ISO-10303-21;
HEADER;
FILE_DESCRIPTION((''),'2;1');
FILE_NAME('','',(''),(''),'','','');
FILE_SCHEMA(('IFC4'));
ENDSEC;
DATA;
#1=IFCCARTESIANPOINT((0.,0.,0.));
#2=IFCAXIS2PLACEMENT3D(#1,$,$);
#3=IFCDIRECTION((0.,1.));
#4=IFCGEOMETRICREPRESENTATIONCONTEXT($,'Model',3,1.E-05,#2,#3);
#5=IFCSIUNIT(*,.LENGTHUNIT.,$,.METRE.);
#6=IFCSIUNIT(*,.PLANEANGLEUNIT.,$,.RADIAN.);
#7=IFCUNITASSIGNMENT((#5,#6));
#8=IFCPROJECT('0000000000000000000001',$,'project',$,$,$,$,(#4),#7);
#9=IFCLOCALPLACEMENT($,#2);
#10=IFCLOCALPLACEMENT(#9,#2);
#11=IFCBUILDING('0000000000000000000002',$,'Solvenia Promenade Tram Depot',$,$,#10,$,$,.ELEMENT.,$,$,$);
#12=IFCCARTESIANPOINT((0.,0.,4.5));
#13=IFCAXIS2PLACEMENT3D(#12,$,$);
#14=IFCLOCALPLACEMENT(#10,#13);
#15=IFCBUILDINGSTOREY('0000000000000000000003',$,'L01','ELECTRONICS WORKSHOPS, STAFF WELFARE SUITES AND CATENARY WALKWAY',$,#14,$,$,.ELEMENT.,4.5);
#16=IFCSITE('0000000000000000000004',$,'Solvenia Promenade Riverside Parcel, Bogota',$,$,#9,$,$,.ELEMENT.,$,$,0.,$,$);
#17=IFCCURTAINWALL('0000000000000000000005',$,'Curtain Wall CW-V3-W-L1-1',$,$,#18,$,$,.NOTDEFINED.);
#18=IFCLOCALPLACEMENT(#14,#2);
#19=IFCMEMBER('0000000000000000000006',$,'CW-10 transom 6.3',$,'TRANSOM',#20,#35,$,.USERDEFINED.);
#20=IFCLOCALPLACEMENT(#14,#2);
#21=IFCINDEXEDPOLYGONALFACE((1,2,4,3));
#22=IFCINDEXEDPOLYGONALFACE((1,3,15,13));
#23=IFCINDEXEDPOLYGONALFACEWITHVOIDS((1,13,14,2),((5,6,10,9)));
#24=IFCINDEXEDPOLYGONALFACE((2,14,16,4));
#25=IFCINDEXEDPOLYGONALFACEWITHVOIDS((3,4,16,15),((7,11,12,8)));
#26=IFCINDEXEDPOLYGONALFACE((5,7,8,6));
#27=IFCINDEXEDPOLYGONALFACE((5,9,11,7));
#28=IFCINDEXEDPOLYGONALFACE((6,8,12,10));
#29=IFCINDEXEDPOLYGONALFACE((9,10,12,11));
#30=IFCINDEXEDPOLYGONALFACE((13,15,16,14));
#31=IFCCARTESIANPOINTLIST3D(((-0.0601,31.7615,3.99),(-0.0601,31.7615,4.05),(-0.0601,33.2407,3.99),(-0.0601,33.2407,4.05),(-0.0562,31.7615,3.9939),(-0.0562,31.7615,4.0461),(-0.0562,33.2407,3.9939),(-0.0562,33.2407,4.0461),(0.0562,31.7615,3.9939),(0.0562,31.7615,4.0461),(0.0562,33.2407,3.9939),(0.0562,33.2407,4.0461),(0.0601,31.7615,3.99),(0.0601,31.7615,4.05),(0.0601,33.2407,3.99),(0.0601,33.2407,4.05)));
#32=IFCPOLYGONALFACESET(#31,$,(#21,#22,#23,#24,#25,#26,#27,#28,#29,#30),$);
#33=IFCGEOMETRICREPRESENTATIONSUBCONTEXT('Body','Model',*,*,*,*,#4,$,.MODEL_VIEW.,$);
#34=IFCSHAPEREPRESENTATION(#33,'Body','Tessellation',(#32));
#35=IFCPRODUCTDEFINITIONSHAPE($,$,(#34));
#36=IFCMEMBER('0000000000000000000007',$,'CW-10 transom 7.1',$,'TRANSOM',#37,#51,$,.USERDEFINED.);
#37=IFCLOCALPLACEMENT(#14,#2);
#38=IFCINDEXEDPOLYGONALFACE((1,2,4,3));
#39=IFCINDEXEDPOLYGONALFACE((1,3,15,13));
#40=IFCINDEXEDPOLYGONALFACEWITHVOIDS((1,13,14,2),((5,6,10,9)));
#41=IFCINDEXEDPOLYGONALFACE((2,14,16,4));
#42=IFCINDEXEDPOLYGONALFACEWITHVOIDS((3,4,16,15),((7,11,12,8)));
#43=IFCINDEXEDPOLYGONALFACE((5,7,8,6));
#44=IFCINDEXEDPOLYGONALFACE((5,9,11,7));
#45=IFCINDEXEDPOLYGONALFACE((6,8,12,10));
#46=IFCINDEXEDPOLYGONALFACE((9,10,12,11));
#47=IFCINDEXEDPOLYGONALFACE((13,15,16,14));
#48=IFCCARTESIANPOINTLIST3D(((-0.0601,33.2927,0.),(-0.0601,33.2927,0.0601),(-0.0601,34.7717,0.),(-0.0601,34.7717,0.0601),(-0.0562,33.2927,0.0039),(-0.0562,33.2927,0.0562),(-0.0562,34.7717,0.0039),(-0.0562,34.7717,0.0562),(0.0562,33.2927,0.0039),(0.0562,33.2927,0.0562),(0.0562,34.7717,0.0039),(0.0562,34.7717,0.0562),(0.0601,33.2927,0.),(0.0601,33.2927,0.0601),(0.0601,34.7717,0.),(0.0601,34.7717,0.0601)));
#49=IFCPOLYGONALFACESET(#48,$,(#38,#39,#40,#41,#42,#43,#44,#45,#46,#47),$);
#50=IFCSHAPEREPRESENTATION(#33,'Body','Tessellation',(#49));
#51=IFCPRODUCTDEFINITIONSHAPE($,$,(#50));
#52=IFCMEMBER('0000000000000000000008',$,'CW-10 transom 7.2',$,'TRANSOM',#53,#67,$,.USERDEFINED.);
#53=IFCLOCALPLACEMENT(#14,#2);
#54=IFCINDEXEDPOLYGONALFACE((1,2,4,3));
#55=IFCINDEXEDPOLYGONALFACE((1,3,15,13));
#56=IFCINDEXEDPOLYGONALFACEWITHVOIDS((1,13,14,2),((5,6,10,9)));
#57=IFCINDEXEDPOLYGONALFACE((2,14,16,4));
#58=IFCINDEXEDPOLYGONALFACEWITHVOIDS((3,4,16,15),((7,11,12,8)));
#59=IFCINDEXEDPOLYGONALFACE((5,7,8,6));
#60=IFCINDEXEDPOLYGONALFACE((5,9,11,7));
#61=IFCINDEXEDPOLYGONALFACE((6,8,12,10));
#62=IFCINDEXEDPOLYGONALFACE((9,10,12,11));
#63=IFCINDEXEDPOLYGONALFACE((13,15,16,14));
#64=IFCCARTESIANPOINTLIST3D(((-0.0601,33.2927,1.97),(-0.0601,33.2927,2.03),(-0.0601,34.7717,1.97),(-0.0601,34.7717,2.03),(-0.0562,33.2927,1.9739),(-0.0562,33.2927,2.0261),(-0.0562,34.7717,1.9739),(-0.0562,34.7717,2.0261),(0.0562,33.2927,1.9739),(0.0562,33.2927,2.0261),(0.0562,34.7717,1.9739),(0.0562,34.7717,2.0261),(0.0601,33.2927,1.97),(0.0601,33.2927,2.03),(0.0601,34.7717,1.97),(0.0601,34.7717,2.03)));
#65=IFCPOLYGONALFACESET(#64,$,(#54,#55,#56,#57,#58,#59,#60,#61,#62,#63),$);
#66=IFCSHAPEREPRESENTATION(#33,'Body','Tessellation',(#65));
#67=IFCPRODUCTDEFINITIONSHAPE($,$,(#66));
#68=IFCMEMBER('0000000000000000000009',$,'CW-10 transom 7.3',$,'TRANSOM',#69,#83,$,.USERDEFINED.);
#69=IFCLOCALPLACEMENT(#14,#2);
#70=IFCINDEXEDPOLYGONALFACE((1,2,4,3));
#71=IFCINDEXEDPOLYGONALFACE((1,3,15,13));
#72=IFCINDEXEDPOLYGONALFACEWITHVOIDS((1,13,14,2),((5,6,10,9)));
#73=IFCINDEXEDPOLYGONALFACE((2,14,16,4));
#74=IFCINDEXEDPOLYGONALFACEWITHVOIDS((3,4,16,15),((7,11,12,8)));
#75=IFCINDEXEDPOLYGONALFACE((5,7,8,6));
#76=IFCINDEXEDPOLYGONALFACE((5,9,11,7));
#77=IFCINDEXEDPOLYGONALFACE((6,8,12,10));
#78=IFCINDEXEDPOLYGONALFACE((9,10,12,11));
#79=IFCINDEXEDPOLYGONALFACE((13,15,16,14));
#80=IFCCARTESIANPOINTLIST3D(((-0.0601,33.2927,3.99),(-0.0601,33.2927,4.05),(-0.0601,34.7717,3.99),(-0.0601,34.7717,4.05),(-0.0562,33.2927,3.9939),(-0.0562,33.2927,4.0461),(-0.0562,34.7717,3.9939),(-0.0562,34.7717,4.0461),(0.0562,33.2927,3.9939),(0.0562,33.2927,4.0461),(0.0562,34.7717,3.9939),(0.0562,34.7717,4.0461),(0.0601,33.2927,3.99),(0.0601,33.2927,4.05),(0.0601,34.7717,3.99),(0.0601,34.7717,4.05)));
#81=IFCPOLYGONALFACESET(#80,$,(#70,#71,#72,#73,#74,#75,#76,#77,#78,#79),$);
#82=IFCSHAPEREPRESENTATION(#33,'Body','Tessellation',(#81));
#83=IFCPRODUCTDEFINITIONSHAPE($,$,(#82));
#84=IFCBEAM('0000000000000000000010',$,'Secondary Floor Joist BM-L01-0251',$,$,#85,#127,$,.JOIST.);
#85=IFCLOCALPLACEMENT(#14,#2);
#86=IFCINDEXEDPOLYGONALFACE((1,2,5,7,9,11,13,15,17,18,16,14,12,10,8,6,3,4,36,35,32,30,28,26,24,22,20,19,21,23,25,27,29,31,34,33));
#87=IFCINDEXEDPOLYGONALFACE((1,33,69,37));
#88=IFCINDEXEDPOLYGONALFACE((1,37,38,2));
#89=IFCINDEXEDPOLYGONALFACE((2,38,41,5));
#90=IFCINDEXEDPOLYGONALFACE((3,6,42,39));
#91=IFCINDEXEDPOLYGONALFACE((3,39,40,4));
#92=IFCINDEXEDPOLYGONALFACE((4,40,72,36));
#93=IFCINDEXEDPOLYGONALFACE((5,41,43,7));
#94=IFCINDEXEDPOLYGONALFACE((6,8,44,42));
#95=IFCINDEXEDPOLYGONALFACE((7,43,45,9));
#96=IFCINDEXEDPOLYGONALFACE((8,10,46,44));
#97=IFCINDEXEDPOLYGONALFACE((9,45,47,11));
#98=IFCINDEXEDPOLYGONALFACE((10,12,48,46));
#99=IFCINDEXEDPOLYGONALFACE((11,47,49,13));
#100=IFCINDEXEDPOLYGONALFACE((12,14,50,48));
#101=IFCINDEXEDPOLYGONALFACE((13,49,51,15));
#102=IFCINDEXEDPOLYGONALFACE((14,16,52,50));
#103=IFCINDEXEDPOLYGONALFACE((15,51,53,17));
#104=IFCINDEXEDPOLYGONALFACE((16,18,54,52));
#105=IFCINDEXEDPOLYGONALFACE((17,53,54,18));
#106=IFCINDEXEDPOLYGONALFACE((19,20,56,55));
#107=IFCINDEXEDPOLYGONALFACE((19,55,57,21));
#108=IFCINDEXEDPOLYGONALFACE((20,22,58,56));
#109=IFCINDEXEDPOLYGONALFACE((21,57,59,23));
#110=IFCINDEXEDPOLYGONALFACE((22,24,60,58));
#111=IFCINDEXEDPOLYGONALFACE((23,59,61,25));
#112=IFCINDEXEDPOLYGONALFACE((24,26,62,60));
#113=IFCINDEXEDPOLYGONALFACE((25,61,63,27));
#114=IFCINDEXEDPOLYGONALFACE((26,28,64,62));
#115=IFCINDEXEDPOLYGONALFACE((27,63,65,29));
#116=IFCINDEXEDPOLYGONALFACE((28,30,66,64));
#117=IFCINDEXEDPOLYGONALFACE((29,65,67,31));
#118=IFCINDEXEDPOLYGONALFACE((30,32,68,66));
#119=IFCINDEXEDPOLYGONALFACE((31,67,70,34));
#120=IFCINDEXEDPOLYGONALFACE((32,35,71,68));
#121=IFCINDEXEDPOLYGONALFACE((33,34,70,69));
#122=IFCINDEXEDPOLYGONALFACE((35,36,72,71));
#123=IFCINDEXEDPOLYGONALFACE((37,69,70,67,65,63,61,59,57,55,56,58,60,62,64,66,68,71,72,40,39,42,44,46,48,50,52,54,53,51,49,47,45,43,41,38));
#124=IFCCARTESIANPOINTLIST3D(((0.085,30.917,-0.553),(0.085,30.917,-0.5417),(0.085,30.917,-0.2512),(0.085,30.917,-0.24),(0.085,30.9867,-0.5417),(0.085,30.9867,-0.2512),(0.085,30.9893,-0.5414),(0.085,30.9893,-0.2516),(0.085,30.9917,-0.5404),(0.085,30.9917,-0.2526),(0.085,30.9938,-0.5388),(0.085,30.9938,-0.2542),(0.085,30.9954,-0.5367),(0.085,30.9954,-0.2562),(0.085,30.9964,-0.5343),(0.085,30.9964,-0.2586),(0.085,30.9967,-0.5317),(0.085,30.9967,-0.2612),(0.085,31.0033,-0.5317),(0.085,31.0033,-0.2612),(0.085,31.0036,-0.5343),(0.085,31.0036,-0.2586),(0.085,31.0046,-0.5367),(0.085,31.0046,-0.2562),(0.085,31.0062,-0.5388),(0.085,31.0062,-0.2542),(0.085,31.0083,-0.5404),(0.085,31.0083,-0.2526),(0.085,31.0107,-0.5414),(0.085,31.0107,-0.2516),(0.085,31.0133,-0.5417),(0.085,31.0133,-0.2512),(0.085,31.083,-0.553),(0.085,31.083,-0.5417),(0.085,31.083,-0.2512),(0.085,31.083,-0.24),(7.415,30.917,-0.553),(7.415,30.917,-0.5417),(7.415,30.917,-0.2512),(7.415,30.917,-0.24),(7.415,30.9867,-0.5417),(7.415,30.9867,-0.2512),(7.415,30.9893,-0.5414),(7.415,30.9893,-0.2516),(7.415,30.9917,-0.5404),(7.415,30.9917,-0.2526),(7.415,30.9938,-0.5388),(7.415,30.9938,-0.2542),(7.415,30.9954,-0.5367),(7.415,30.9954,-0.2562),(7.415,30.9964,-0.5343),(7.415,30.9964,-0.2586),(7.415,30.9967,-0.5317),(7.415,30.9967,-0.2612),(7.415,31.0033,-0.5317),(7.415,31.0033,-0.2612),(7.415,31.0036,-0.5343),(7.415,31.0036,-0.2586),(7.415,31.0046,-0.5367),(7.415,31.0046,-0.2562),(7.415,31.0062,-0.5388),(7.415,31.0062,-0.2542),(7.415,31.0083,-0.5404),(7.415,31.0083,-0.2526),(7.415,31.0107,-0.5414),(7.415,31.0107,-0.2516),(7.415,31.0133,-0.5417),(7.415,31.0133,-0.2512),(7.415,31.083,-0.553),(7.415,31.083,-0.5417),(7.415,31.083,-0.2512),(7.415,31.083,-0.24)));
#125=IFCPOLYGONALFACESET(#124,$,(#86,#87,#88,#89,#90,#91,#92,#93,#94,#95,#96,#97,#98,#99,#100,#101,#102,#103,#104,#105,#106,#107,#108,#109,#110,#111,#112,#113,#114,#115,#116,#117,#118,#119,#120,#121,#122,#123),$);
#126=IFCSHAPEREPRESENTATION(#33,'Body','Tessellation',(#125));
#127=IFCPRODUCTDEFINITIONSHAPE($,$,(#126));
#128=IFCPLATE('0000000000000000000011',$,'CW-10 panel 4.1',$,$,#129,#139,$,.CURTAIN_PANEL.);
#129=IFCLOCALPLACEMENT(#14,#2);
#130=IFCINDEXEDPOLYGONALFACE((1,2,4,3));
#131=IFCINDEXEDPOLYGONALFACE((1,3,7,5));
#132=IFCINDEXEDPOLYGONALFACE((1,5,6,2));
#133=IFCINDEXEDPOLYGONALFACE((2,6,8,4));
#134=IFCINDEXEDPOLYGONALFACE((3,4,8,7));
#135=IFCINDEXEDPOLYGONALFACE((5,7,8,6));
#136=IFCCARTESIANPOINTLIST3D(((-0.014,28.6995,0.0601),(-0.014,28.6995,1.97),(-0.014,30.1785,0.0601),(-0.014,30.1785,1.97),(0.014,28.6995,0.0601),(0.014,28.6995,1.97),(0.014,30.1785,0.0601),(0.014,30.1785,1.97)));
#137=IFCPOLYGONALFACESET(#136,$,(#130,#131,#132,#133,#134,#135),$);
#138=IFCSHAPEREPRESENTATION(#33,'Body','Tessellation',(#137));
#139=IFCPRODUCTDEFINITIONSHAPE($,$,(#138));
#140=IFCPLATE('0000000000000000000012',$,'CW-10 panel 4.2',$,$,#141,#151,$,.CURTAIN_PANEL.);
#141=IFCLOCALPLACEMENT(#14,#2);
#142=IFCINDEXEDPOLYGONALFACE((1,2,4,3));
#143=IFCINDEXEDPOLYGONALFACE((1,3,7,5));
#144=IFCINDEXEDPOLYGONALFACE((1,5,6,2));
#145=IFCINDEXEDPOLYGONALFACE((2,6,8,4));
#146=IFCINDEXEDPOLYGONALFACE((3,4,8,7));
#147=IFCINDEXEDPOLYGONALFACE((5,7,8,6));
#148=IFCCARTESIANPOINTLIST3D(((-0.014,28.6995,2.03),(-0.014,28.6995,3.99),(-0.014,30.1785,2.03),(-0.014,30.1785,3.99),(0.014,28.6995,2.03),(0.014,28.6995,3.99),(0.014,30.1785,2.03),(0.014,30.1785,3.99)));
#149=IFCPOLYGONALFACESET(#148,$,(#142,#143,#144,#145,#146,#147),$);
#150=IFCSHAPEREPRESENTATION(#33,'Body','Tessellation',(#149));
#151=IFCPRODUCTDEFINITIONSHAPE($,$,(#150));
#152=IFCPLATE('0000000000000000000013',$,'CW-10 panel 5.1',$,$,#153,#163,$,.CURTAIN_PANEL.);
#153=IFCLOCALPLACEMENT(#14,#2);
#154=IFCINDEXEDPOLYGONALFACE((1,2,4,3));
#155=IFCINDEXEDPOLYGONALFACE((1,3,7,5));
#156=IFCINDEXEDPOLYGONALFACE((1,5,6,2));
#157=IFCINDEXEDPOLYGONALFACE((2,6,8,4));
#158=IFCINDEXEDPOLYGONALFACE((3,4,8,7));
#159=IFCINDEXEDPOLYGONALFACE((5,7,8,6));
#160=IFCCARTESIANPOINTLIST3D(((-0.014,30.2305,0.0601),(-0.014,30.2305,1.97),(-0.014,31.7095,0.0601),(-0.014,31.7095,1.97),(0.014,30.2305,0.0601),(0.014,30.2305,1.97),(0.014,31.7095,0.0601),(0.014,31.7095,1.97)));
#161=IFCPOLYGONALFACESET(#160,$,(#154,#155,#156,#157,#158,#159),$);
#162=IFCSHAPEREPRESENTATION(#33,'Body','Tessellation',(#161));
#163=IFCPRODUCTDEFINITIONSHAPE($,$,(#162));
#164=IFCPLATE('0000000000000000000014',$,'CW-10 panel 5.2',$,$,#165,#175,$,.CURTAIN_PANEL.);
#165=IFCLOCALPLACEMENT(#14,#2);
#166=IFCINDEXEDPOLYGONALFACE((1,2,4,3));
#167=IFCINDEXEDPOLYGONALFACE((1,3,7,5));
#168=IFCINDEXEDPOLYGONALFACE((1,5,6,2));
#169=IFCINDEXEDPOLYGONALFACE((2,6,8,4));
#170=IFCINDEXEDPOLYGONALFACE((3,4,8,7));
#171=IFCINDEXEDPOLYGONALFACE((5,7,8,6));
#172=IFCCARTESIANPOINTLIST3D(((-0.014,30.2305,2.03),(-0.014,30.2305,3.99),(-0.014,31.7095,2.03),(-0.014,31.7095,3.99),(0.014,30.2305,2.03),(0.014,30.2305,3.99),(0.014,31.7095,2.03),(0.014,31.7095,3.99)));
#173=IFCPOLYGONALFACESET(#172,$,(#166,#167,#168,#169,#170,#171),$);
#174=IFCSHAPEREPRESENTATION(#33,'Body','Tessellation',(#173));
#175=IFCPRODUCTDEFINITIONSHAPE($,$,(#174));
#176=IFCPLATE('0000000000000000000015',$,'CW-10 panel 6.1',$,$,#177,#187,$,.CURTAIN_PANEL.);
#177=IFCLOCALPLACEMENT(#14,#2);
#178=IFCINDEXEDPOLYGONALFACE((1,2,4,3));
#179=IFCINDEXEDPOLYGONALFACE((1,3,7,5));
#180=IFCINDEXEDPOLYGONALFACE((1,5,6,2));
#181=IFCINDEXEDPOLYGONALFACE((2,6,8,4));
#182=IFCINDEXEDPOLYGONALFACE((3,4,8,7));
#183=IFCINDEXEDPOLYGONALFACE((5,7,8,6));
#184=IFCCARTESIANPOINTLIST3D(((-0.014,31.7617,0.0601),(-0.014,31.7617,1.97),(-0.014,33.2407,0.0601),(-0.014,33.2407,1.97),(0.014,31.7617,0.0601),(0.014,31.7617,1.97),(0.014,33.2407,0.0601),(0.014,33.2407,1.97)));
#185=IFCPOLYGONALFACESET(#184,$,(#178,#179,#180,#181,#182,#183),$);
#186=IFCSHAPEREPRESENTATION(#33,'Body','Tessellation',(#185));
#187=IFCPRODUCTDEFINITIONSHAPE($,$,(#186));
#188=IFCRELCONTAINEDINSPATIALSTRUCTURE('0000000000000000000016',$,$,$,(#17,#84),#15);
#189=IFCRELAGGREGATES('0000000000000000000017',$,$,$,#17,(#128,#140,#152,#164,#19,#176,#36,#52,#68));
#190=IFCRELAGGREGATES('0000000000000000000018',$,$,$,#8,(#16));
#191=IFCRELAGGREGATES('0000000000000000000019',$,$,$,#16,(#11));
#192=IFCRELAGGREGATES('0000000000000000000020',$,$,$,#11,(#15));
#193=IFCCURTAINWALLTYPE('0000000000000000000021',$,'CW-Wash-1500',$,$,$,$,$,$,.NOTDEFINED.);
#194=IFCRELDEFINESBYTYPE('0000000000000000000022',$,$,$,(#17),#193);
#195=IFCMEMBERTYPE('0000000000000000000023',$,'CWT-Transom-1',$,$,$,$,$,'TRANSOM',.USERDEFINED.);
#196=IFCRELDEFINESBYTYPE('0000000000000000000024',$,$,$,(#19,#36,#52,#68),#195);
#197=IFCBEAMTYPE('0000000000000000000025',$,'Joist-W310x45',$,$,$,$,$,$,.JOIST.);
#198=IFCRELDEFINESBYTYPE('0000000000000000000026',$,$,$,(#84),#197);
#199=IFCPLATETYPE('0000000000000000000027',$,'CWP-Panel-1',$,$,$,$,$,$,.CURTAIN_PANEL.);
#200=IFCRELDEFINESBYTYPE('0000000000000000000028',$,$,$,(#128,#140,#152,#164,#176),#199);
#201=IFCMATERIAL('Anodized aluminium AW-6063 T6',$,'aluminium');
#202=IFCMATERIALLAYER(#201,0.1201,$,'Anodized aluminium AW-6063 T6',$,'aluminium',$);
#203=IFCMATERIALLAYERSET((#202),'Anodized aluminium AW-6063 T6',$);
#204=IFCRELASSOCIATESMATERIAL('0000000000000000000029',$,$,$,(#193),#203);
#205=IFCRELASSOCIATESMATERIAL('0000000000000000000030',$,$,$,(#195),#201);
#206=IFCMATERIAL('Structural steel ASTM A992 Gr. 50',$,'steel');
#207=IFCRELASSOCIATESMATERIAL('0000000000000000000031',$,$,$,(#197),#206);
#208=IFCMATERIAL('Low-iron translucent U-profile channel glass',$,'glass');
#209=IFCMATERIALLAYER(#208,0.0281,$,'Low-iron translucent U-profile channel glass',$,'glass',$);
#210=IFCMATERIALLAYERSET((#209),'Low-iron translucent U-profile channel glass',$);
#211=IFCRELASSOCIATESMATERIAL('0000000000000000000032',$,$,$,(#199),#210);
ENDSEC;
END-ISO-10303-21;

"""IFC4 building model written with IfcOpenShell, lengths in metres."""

from ifc_helpers import new_model, si_unit, direction, frame, origin, origin_2d, place, context, subcontext, project, spatial, rectangle, hollow_rectangle, i_section, extrude, material, layer, layer_set, material_profile, profile_set, type_object, element, aggregate, save


model = new_model("IFC4")

# Units and contexts
model_context = context("Model", 3, precision=1e-05, world=origin(), true_north=direction((0.0, 1.0)))
body_context = subcontext(model_context, "Body", "Model", "MODEL_VIEW")
ifc_project = project(units=[si_unit("LENGTHUNIT", "METRE"), si_unit("PLANEANGLEUNIT", "RADIAN")], contexts=[model_context])

# Site, building, storey
site_placement = place(None, origin())
site = spatial("IfcSite", under=ifc_project, at=site_placement, Name="Solvenia Promenade Riverside Parcel, Bogota", CompositionType="ELEMENT", RefElevation=0.0)
building_placement = place(site_placement, origin())
building = spatial("IfcBuilding", under=site, at=building_placement, Name="Solvenia Promenade Tram Depot", CompositionType="ELEMENT")
storey_placement = place(building_placement, frame((0.0, 0.0, 4.5)))
storey = spatial("IfcBuildingStorey", under=building, at=storey_placement, Name="L01", Description="ELECTRONICS WORKSHOPS, STAFF WELFARE SUITES AND CATENARY WALKWAY", CompositionType="ELEMENT", Elevation=4.5)

# Curtain wall, members
ifc_material_1 = material(Name="Anodized aluminium AW-6063 T6", Category="aluminium")
ifc_layer_1 = layer(ifc_material_1, 0.1201, Name="Anodized aluminium AW-6063 T6", Category="aluminium")
ifc_layer_set_1 = layer_set([ifc_layer_1], Name="Anodized aluminium AW-6063 T6")
curtain_wall_type = type_object("IfcCurtainWallType", Name="CW-Wash-1500", PredefinedType="NOTDEFINED", material=ifc_layer_set_1)
curtain_wall_placement = place(storey_placement, origin())
curtain_wall = element("IfcCurtainWall", 1, at=curtain_wall_placement, inside=storey, type_object=curtain_wall_type, Name="Curtain Wall CW-V3-W-L1-1", PredefinedType="NOTDEFINED")
ifc_material_profile_1 = material_profile(ifc_material_1, hollow_rectangle(XDim=0.1201, YDim=0.0601, WallThickness=0.0039, at=origin_2d()), Name="ALU-T1", Category="aluminium")
ifc_profile_set_1 = profile_set([ifc_material_profile_1], Name="Anodized aluminium AW-6063 T6")
member_type_1 = type_object("IfcMemberType", Name="CWT-Transom-1", ElementType="TRANSOM", PredefinedType="USERDEFINED", material=ifc_profile_set_1)
member_1_placement = place(storey_placement, frame((0.0, 31.7615, 4.02), z_axis=(0.0, 1.0, 0.0), x_axis=(-1.0, 0.0, 0.0)))
member_1 = element("IfcMember", 2, at=member_1_placement, type_object=member_type_1, Name="CW-10 transom 6.3", ObjectType="TRANSOM", PredefinedType="USERDEFINED", context=body_context, shape_type="SweptSolid", body=[
    extrude(hollow_rectangle(XDim=0.1201, YDim=0.0601, WallThickness=0.0039, at=origin_2d()), origin(), (0.0, 0.0, 1.0), 1.4792),
])
member_2_placement = place(storey_placement, frame((0.0, 33.2927, 0.03), z_axis=(0.0, 1.0, 0.0), x_axis=(-1.0, 0.0, 0.0)))
member_2 = element("IfcMember", 3, at=member_2_placement, type_object=member_type_1, Name="CW-10 transom 7.1", ObjectType="TRANSOM", PredefinedType="USERDEFINED", context=body_context, shape_type="SweptSolid", body=[
    extrude(hollow_rectangle(XDim=0.1201, YDim=0.0601, WallThickness=0.0039, at=origin_2d()), origin(), (0.0, 0.0, 1.0), 1.479),
])
member_3_placement = place(storey_placement, frame((0.0, 33.2927, 2.0), z_axis=(0.0, 1.0, 0.0), x_axis=(-1.0, 0.0, 0.0)))
member_3 = element("IfcMember", 4, at=member_3_placement, type_object=member_type_1, Name="CW-10 transom 7.2", ObjectType="TRANSOM", PredefinedType="USERDEFINED", context=body_context, shape_type="SweptSolid", body=[
    extrude(hollow_rectangle(XDim=0.1201, YDim=0.0601, WallThickness=0.0039, at=origin_2d()), origin(), (0.0, 0.0, 1.0), 1.479),
])
member_4_placement = place(storey_placement, frame((0.0, 33.2927, 4.02), z_axis=(0.0, 1.0, 0.0), x_axis=(-1.0, 0.0, 0.0)))
member_4 = element("IfcMember", 5, at=member_4_placement, type_object=member_type_1, Name="CW-10 transom 7.3", ObjectType="TRANSOM", PredefinedType="USERDEFINED", context=body_context, shape_type="SweptSolid", body=[
    extrude(hollow_rectangle(XDim=0.1201, YDim=0.0601, WallThickness=0.0039, at=origin_2d()), origin(), (0.0, 0.0, 1.0), 1.479),
])

# Beam
ifc_material_2 = material(Name="Structural steel ASTM A992 Gr. 50", Category="steel")
ifc_material_profile_2 = material_profile(ifc_material_2, i_section(OverallWidth=0.166, OverallDepth=0.313, WebThickness=0.0066, FlangeThickness=0.0112, FilletRadius=0.01, at=origin_2d()), Name="W310x45", Category="steel")
ifc_profile_set_2 = profile_set([ifc_material_profile_2], Name="Structural steel ASTM A992 Gr. 50")
beam_type = type_object("IfcBeamType", Name="Joist-W310x45", PredefinedType="JOIST", material=ifc_profile_set_2)
beam_placement = place(storey_placement, frame((0.085, 31.0, -0.3965), z_axis=(1.0, 0.0, 0.0), x_axis=(0.0, 1.0, 0.0)))
element("IfcBeam", 6, at=beam_placement, inside=storey, type_object=beam_type, Name="Secondary Floor Joist BM-L01-0251", PredefinedType="JOIST", context=body_context, shape_type="SweptSolid", body=[
    extrude(i_section(OverallWidth=0.166, OverallDepth=0.313, WebThickness=0.0066, FlangeThickness=0.0112, FilletRadius=0.01, at=origin_2d()), origin(), (0.0, 0.0, 1.0), 7.3301),
])

# Plates
ifc_material_3 = material(Name="Low-iron translucent U-profile channel glass", Category="glass")
ifc_layer_2 = layer(ifc_material_3, 0.0281, Name="Low-iron translucent U-profile channel glass", Category="glass")
ifc_layer_set_2 = layer_set([ifc_layer_2], Name="Low-iron translucent U-profile channel glass")
plate_type = type_object("IfcPlateType", Name="CWP-Panel-1", PredefinedType="CURTAIN_PANEL", material=ifc_layer_set_2)
plate_1_placement = place(storey_placement, frame((0.0, 29.439, 0.0601), z_axis=(0.0, 0.0, 1.0), x_axis=(0.0, 1.0, 0.0)))
plate_1 = element("IfcPlate", 7, at=plate_1_placement, type_object=plate_type, Name="CW-10 panel 4.1", PredefinedType="CURTAIN_PANEL", context=body_context, shape_type="SweptSolid", body=[
    extrude(rectangle(XDim=1.479, YDim=0.0281, at=origin_2d()), origin(), (0.0, 0.0, 1.0), 1.9099),
])
plate_2_placement = place(storey_placement, frame((0.0, 29.439, 2.03), z_axis=(0.0, 0.0, 1.0), x_axis=(0.0, 1.0, 0.0)))
plate_2 = element("IfcPlate", 8, at=plate_2_placement, type_object=plate_type, Name="CW-10 panel 4.2", PredefinedType="CURTAIN_PANEL", context=body_context, shape_type="SweptSolid", body=[
    extrude(rectangle(XDim=1.479, YDim=0.0281, at=origin_2d()), origin(), (0.0, 0.0, 1.0), 1.96),
])
plate_3_placement = place(storey_placement, frame((0.0, 30.97, 0.0601), z_axis=(0.0, 0.0, 1.0), x_axis=(0.0, 1.0, 0.0)))
plate_3 = element("IfcPlate", 9, at=plate_3_placement, type_object=plate_type, Name="CW-10 panel 5.1", PredefinedType="CURTAIN_PANEL", context=body_context, shape_type="SweptSolid", body=[
    extrude(rectangle(XDim=1.479, YDim=0.0281, at=origin_2d()), origin(), (0.0, 0.0, 1.0), 1.9099),
])
plate_4_placement = place(storey_placement, frame((0.0, 30.97, 2.03), z_axis=(0.0, 0.0, 1.0), x_axis=(0.0, 1.0, 0.0)))
plate_4 = element("IfcPlate", 10, at=plate_4_placement, type_object=plate_type, Name="CW-10 panel 5.2", PredefinedType="CURTAIN_PANEL", context=body_context, shape_type="SweptSolid", body=[
    extrude(rectangle(XDim=1.479, YDim=0.0281, at=origin_2d()), origin(), (0.0, 0.0, 1.0), 1.96),
])
plate_5_placement = place(storey_placement, frame((0.0, 32.5012, 0.0601), z_axis=(0.0, 0.0, 1.0), x_axis=(0.0, 1.0, 0.0)))
plate_5 = element("IfcPlate", 11, at=plate_5_placement, type_object=plate_type, Name="CW-10 panel 6.1", PredefinedType="CURTAIN_PANEL", context=body_context, shape_type="SweptSolid", body=[
    extrude(rectangle(XDim=1.479, YDim=0.0281, at=origin_2d()), origin(), (0.0, 0.0, 1.0), 1.9099),
])
aggregate(curtain_wall, [plate_1, plate_2, plate_3, plate_4, member_1, plate_5, member_2, member_3, member_4])

save(model, "model.ifc")
